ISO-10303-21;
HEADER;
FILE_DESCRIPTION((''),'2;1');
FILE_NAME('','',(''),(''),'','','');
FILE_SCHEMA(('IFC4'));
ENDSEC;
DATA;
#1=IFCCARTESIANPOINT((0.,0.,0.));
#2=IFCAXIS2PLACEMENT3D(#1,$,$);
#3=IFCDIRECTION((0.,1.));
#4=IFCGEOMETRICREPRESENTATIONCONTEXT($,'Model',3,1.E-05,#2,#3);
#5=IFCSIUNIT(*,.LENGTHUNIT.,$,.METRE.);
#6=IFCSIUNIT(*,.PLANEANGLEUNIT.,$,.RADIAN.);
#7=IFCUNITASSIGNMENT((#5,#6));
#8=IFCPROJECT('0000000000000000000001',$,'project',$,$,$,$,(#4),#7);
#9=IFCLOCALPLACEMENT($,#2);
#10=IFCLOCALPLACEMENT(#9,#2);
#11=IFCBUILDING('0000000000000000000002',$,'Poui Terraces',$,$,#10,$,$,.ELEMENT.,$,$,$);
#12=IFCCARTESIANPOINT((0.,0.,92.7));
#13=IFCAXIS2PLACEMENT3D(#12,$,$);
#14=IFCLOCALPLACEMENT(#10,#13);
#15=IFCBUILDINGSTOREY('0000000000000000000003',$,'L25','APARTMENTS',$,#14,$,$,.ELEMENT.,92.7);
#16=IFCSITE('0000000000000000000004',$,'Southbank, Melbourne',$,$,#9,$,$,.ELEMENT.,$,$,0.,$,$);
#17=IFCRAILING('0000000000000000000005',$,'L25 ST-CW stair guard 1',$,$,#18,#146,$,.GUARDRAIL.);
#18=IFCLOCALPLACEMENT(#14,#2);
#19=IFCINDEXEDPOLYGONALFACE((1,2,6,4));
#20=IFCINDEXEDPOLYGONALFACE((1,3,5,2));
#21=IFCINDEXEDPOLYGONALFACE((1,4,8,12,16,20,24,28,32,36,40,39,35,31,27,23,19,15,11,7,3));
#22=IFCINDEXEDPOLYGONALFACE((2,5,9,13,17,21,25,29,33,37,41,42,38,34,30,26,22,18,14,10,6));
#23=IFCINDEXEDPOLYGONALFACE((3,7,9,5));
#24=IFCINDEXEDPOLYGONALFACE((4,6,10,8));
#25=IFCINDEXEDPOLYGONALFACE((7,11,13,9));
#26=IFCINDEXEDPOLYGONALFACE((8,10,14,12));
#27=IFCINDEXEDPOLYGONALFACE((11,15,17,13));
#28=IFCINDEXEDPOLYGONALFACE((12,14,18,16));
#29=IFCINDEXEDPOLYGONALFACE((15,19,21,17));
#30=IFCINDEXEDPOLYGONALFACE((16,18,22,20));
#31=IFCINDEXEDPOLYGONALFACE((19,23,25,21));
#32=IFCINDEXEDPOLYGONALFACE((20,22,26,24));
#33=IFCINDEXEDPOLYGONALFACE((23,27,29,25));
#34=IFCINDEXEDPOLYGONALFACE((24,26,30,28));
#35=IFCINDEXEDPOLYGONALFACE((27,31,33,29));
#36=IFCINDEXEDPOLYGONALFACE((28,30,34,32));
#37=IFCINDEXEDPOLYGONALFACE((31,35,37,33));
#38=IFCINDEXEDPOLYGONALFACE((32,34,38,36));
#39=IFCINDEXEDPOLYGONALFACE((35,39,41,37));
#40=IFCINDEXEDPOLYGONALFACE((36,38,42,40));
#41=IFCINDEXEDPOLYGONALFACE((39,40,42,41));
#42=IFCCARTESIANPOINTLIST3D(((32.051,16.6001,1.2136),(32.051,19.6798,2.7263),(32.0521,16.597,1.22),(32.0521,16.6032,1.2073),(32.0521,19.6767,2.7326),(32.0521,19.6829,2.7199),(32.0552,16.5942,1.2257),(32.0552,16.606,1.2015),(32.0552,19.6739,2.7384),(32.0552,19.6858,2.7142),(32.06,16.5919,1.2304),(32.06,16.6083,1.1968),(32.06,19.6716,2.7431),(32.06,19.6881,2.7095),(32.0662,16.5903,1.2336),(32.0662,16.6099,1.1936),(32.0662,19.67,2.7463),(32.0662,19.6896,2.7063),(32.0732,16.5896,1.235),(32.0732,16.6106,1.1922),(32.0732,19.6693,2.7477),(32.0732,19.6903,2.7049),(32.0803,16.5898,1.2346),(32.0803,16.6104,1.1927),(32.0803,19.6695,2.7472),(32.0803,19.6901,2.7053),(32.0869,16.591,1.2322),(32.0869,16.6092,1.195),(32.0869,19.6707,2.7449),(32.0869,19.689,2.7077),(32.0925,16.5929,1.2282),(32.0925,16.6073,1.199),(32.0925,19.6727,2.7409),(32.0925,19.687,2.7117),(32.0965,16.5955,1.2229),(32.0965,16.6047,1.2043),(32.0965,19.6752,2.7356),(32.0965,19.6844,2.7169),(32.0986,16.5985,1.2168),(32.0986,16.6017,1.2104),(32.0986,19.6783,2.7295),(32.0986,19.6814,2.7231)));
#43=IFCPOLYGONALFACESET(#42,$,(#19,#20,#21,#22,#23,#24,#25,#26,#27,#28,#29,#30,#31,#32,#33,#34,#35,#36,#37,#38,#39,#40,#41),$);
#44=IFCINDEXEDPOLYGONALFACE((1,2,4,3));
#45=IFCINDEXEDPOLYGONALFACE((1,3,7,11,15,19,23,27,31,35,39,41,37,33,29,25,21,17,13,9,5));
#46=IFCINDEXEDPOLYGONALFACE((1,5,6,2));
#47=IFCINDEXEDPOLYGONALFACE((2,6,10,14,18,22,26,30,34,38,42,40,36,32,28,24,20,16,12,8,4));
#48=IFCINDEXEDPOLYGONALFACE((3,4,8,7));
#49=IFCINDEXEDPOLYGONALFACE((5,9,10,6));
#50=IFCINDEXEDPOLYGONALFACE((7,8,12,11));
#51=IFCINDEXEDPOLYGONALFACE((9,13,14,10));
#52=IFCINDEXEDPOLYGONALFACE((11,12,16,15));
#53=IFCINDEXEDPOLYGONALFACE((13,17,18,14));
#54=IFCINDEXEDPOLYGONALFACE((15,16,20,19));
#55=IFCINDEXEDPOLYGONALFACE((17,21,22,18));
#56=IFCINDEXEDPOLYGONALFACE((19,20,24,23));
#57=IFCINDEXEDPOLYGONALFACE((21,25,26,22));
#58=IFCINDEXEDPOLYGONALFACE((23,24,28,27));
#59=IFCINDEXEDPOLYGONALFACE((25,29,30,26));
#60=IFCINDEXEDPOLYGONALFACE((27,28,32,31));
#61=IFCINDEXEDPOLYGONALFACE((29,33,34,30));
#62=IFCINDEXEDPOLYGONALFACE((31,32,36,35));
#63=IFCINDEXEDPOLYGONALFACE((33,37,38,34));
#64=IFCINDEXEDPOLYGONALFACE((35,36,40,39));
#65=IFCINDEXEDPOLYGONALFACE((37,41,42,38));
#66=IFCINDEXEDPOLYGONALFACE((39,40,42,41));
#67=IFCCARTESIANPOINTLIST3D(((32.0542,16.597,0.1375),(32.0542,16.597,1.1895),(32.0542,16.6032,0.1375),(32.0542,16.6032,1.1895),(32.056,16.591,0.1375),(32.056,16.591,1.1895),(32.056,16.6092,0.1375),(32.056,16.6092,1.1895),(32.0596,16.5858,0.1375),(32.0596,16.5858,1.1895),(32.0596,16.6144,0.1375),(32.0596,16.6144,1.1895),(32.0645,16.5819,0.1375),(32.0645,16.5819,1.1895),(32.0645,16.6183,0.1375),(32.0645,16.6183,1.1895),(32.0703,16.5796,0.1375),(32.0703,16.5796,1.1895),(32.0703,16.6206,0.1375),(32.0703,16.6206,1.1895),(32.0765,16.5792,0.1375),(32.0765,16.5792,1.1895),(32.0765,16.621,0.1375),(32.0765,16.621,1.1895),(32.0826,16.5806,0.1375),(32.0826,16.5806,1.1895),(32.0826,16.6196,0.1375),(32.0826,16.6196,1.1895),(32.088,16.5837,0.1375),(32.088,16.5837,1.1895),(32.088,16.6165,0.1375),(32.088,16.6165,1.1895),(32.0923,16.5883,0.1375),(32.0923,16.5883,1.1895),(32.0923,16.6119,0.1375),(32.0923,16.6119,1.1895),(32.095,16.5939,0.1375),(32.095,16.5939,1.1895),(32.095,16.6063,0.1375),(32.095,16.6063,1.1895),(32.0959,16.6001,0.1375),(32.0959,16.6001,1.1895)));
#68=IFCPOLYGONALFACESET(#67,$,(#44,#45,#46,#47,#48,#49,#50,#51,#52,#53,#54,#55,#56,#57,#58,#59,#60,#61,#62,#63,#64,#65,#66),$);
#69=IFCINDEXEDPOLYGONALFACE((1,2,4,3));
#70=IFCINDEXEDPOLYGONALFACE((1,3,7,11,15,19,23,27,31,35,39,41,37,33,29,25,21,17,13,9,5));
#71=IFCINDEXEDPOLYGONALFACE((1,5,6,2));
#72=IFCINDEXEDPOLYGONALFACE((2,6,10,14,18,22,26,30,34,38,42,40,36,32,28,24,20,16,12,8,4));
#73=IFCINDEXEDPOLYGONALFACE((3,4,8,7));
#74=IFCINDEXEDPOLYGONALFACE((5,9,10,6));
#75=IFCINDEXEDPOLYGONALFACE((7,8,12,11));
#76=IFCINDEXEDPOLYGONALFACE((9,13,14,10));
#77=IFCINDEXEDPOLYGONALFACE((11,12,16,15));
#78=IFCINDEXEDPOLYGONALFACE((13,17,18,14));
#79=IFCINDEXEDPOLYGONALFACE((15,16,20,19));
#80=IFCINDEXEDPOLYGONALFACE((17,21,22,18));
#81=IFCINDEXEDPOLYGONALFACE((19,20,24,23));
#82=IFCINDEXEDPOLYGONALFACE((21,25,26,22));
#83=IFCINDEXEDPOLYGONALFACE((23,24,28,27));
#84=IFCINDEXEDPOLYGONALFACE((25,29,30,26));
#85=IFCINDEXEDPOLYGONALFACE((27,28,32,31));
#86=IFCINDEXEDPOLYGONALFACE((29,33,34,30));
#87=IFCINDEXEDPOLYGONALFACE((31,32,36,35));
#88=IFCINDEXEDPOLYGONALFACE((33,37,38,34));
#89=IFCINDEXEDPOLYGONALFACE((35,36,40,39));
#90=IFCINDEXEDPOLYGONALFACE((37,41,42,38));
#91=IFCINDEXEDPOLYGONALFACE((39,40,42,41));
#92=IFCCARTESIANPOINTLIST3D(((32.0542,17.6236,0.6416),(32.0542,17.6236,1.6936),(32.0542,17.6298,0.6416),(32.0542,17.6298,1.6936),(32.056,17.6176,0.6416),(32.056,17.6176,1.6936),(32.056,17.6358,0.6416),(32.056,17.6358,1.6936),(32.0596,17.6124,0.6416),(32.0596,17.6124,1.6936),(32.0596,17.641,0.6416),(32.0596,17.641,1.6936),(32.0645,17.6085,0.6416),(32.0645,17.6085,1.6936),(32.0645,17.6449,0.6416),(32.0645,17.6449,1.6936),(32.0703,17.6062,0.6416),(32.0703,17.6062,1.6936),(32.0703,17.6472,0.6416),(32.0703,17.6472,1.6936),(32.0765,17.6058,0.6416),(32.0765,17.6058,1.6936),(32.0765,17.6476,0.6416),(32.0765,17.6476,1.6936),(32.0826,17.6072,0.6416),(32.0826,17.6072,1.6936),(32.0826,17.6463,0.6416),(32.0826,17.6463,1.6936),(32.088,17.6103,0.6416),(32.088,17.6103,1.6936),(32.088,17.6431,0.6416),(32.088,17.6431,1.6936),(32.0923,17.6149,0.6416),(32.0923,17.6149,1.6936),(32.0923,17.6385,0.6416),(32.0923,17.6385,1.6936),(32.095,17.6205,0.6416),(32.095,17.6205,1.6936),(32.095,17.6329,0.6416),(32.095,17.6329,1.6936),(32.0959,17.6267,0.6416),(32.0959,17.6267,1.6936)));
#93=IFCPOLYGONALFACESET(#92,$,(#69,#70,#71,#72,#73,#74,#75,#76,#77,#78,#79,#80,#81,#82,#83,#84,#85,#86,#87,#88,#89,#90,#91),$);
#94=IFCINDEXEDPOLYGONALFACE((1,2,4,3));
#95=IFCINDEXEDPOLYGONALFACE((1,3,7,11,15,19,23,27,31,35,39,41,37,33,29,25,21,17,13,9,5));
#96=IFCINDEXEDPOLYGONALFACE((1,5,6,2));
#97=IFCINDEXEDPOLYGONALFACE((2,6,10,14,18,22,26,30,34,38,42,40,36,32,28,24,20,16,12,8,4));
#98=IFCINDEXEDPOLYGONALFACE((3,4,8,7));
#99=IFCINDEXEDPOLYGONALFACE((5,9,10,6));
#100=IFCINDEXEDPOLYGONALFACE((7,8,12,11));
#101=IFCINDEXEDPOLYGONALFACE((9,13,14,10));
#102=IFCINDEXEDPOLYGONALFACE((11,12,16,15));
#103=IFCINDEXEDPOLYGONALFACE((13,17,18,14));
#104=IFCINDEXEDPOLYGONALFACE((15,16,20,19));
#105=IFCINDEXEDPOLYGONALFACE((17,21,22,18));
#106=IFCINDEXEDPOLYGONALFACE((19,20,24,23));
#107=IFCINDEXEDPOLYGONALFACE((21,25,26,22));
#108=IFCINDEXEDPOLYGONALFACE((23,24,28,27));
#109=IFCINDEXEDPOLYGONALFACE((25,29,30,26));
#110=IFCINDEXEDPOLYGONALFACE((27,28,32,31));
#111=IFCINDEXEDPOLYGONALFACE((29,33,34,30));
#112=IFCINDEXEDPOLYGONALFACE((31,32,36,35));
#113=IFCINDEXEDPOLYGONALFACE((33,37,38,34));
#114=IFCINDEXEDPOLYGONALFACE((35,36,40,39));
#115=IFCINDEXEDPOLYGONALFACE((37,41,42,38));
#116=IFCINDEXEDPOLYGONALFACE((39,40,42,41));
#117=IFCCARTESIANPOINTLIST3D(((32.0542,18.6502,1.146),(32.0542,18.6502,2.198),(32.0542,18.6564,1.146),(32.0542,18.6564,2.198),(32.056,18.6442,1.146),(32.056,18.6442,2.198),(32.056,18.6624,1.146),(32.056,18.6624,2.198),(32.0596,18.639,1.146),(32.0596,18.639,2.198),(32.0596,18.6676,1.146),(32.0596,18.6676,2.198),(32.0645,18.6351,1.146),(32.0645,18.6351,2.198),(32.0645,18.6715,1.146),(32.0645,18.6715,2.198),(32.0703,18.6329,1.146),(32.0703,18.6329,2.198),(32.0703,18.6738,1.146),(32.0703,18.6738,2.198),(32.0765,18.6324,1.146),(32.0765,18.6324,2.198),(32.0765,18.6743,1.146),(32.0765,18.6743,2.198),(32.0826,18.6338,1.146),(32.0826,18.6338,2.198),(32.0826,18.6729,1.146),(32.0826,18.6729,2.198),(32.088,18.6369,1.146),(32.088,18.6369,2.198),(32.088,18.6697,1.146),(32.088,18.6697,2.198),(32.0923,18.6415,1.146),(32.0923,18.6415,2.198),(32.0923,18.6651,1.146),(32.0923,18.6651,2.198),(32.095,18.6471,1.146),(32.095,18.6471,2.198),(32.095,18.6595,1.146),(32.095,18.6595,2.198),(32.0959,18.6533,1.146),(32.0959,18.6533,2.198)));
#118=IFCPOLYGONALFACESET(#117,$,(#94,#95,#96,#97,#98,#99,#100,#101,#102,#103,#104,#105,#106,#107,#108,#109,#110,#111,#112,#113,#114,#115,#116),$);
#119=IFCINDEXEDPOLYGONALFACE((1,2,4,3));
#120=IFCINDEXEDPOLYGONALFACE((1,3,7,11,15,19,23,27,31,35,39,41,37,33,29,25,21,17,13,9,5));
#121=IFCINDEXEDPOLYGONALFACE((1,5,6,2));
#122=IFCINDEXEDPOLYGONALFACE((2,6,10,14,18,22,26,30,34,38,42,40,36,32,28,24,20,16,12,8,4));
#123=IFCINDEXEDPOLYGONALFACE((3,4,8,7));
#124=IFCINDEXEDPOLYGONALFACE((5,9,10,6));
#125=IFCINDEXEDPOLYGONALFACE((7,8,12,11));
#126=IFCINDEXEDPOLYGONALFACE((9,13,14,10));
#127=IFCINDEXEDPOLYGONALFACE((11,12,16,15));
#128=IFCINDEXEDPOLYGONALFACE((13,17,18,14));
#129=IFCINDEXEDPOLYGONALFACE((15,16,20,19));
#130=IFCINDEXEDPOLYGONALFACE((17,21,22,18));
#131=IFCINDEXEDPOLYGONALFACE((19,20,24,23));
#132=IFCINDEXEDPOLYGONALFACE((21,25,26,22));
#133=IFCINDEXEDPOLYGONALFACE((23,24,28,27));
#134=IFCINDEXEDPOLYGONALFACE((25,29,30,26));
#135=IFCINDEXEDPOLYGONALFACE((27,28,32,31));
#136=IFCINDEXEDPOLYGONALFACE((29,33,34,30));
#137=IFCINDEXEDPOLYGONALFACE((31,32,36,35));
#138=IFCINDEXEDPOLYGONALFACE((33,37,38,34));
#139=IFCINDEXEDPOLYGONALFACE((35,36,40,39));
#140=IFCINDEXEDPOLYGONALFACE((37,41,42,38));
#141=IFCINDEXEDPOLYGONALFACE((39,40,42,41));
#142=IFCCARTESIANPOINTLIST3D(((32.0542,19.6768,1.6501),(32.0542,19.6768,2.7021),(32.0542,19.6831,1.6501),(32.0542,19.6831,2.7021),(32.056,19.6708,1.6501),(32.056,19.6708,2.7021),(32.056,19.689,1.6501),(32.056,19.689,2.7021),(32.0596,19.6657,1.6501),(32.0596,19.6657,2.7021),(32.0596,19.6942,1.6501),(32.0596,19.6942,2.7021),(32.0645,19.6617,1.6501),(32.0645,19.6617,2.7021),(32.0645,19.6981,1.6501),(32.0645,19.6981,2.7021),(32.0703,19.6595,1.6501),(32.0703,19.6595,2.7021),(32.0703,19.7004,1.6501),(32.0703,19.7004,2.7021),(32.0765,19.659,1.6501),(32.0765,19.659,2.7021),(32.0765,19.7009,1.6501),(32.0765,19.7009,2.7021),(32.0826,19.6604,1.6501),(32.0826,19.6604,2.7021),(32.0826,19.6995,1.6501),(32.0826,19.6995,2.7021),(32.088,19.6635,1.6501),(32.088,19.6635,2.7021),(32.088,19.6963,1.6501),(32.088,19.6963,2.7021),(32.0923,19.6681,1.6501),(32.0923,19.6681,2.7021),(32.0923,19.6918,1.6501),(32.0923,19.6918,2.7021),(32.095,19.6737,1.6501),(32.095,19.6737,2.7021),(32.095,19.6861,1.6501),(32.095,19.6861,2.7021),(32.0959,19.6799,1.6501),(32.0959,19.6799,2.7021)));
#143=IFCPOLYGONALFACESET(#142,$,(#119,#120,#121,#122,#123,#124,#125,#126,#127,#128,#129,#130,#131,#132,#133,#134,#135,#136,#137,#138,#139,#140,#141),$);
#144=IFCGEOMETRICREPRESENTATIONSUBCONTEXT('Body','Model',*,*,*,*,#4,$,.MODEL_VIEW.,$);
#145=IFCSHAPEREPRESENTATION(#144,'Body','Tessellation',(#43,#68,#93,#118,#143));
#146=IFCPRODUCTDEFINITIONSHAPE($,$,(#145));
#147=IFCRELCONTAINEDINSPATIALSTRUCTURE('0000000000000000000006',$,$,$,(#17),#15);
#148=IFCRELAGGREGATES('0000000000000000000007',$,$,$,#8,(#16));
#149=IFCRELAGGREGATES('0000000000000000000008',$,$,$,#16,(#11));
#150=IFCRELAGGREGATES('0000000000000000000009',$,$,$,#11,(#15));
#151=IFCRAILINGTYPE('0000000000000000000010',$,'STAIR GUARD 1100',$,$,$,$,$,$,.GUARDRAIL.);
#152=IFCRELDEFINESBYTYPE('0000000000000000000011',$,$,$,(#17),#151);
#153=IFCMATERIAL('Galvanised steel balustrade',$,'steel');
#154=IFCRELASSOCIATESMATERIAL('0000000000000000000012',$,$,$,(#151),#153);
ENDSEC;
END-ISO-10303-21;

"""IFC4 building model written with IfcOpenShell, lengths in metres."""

from ifc_helpers import new_model, si_unit, direction, frame, origin, origin_2d, place, context, subcontext, project, spatial, circle, extrude, material, type_object, element, save


model = new_model("IFC4")

# Units and contexts
model_context = context("Model", 3, precision=1e-05, world=origin(), true_north=direction((0.0, 1.0)))
body_context = subcontext(model_context, "Body", "Model", "MODEL_VIEW")
ifc_project = project(units=[si_unit("LENGTHUNIT", "METRE"), si_unit("PLANEANGLEUNIT", "RADIAN")], contexts=[model_context])

# Site, building, storey
site_placement = place(None, origin())
site = spatial("IfcSite", under=ifc_project, at=site_placement, Name="Southbank, Melbourne", CompositionType="ELEMENT", RefElevation=0.0)
building_placement = place(site_placement, origin())
building = spatial("IfcBuilding", under=site, at=building_placement, Name="Poui Terraces", CompositionType="ELEMENT")
storey_placement = place(building_placement, frame((0.0, 0.0, 92.7)))
storey = spatial("IfcBuildingStorey", under=building, at=storey_placement, Name="L25", Description="APARTMENTS", CompositionType="ELEMENT", Elevation=92.7)

# Railing
ifc_material_1 = material(Name="Galvanised steel balustrade", Category="steel")
railing_type_1 = type_object("IfcRailingType", Name="STAIR GUARD 1100", PredefinedType="GUARDRAIL", material=ifc_material_1)
railing_1_placement = place(storey_placement, frame((32.075, 16.6001, 0.1375)))
element("IfcRailing", 1, at=railing_1_placement, inside=storey, type_object=railing_type_1, Name="L25 ST-CW stair guard 1", PredefinedType="GUARDRAIL", context=body_context, shape_type="SweptSolid", body=[
    extrude(circle(Radius=0.0239, at=origin_2d()), frame((0.0, 0.0, 1.0762), z_axis=(0.0, 0.897578, 0.440856), x_axis=(-1.0, 0.0, 0.0)), (0.0, 0.0, 1.0), 3.4312),
    extrude(circle(Radius=0.021, at=origin_2d()), origin(), (0.0, 0.0, 1.0), 1.052),
    extrude(circle(Radius=0.021, at=origin_2d()), frame((0.0, 1.0266, 0.5042)), (0.0, 0.0, 1.0), 1.052),
    extrude(circle(Radius=0.021, at=origin_2d()), frame((0.0, 2.0532, 1.0085)), (0.0, 0.0, 1.0), 1.052),
    extrude(circle(Radius=0.021, at=origin_2d()), frame((0.0, 3.0798, 1.5127)), (0.0, 0.0, 1.0), 1.052),
])

save(model, "model.ifc")
